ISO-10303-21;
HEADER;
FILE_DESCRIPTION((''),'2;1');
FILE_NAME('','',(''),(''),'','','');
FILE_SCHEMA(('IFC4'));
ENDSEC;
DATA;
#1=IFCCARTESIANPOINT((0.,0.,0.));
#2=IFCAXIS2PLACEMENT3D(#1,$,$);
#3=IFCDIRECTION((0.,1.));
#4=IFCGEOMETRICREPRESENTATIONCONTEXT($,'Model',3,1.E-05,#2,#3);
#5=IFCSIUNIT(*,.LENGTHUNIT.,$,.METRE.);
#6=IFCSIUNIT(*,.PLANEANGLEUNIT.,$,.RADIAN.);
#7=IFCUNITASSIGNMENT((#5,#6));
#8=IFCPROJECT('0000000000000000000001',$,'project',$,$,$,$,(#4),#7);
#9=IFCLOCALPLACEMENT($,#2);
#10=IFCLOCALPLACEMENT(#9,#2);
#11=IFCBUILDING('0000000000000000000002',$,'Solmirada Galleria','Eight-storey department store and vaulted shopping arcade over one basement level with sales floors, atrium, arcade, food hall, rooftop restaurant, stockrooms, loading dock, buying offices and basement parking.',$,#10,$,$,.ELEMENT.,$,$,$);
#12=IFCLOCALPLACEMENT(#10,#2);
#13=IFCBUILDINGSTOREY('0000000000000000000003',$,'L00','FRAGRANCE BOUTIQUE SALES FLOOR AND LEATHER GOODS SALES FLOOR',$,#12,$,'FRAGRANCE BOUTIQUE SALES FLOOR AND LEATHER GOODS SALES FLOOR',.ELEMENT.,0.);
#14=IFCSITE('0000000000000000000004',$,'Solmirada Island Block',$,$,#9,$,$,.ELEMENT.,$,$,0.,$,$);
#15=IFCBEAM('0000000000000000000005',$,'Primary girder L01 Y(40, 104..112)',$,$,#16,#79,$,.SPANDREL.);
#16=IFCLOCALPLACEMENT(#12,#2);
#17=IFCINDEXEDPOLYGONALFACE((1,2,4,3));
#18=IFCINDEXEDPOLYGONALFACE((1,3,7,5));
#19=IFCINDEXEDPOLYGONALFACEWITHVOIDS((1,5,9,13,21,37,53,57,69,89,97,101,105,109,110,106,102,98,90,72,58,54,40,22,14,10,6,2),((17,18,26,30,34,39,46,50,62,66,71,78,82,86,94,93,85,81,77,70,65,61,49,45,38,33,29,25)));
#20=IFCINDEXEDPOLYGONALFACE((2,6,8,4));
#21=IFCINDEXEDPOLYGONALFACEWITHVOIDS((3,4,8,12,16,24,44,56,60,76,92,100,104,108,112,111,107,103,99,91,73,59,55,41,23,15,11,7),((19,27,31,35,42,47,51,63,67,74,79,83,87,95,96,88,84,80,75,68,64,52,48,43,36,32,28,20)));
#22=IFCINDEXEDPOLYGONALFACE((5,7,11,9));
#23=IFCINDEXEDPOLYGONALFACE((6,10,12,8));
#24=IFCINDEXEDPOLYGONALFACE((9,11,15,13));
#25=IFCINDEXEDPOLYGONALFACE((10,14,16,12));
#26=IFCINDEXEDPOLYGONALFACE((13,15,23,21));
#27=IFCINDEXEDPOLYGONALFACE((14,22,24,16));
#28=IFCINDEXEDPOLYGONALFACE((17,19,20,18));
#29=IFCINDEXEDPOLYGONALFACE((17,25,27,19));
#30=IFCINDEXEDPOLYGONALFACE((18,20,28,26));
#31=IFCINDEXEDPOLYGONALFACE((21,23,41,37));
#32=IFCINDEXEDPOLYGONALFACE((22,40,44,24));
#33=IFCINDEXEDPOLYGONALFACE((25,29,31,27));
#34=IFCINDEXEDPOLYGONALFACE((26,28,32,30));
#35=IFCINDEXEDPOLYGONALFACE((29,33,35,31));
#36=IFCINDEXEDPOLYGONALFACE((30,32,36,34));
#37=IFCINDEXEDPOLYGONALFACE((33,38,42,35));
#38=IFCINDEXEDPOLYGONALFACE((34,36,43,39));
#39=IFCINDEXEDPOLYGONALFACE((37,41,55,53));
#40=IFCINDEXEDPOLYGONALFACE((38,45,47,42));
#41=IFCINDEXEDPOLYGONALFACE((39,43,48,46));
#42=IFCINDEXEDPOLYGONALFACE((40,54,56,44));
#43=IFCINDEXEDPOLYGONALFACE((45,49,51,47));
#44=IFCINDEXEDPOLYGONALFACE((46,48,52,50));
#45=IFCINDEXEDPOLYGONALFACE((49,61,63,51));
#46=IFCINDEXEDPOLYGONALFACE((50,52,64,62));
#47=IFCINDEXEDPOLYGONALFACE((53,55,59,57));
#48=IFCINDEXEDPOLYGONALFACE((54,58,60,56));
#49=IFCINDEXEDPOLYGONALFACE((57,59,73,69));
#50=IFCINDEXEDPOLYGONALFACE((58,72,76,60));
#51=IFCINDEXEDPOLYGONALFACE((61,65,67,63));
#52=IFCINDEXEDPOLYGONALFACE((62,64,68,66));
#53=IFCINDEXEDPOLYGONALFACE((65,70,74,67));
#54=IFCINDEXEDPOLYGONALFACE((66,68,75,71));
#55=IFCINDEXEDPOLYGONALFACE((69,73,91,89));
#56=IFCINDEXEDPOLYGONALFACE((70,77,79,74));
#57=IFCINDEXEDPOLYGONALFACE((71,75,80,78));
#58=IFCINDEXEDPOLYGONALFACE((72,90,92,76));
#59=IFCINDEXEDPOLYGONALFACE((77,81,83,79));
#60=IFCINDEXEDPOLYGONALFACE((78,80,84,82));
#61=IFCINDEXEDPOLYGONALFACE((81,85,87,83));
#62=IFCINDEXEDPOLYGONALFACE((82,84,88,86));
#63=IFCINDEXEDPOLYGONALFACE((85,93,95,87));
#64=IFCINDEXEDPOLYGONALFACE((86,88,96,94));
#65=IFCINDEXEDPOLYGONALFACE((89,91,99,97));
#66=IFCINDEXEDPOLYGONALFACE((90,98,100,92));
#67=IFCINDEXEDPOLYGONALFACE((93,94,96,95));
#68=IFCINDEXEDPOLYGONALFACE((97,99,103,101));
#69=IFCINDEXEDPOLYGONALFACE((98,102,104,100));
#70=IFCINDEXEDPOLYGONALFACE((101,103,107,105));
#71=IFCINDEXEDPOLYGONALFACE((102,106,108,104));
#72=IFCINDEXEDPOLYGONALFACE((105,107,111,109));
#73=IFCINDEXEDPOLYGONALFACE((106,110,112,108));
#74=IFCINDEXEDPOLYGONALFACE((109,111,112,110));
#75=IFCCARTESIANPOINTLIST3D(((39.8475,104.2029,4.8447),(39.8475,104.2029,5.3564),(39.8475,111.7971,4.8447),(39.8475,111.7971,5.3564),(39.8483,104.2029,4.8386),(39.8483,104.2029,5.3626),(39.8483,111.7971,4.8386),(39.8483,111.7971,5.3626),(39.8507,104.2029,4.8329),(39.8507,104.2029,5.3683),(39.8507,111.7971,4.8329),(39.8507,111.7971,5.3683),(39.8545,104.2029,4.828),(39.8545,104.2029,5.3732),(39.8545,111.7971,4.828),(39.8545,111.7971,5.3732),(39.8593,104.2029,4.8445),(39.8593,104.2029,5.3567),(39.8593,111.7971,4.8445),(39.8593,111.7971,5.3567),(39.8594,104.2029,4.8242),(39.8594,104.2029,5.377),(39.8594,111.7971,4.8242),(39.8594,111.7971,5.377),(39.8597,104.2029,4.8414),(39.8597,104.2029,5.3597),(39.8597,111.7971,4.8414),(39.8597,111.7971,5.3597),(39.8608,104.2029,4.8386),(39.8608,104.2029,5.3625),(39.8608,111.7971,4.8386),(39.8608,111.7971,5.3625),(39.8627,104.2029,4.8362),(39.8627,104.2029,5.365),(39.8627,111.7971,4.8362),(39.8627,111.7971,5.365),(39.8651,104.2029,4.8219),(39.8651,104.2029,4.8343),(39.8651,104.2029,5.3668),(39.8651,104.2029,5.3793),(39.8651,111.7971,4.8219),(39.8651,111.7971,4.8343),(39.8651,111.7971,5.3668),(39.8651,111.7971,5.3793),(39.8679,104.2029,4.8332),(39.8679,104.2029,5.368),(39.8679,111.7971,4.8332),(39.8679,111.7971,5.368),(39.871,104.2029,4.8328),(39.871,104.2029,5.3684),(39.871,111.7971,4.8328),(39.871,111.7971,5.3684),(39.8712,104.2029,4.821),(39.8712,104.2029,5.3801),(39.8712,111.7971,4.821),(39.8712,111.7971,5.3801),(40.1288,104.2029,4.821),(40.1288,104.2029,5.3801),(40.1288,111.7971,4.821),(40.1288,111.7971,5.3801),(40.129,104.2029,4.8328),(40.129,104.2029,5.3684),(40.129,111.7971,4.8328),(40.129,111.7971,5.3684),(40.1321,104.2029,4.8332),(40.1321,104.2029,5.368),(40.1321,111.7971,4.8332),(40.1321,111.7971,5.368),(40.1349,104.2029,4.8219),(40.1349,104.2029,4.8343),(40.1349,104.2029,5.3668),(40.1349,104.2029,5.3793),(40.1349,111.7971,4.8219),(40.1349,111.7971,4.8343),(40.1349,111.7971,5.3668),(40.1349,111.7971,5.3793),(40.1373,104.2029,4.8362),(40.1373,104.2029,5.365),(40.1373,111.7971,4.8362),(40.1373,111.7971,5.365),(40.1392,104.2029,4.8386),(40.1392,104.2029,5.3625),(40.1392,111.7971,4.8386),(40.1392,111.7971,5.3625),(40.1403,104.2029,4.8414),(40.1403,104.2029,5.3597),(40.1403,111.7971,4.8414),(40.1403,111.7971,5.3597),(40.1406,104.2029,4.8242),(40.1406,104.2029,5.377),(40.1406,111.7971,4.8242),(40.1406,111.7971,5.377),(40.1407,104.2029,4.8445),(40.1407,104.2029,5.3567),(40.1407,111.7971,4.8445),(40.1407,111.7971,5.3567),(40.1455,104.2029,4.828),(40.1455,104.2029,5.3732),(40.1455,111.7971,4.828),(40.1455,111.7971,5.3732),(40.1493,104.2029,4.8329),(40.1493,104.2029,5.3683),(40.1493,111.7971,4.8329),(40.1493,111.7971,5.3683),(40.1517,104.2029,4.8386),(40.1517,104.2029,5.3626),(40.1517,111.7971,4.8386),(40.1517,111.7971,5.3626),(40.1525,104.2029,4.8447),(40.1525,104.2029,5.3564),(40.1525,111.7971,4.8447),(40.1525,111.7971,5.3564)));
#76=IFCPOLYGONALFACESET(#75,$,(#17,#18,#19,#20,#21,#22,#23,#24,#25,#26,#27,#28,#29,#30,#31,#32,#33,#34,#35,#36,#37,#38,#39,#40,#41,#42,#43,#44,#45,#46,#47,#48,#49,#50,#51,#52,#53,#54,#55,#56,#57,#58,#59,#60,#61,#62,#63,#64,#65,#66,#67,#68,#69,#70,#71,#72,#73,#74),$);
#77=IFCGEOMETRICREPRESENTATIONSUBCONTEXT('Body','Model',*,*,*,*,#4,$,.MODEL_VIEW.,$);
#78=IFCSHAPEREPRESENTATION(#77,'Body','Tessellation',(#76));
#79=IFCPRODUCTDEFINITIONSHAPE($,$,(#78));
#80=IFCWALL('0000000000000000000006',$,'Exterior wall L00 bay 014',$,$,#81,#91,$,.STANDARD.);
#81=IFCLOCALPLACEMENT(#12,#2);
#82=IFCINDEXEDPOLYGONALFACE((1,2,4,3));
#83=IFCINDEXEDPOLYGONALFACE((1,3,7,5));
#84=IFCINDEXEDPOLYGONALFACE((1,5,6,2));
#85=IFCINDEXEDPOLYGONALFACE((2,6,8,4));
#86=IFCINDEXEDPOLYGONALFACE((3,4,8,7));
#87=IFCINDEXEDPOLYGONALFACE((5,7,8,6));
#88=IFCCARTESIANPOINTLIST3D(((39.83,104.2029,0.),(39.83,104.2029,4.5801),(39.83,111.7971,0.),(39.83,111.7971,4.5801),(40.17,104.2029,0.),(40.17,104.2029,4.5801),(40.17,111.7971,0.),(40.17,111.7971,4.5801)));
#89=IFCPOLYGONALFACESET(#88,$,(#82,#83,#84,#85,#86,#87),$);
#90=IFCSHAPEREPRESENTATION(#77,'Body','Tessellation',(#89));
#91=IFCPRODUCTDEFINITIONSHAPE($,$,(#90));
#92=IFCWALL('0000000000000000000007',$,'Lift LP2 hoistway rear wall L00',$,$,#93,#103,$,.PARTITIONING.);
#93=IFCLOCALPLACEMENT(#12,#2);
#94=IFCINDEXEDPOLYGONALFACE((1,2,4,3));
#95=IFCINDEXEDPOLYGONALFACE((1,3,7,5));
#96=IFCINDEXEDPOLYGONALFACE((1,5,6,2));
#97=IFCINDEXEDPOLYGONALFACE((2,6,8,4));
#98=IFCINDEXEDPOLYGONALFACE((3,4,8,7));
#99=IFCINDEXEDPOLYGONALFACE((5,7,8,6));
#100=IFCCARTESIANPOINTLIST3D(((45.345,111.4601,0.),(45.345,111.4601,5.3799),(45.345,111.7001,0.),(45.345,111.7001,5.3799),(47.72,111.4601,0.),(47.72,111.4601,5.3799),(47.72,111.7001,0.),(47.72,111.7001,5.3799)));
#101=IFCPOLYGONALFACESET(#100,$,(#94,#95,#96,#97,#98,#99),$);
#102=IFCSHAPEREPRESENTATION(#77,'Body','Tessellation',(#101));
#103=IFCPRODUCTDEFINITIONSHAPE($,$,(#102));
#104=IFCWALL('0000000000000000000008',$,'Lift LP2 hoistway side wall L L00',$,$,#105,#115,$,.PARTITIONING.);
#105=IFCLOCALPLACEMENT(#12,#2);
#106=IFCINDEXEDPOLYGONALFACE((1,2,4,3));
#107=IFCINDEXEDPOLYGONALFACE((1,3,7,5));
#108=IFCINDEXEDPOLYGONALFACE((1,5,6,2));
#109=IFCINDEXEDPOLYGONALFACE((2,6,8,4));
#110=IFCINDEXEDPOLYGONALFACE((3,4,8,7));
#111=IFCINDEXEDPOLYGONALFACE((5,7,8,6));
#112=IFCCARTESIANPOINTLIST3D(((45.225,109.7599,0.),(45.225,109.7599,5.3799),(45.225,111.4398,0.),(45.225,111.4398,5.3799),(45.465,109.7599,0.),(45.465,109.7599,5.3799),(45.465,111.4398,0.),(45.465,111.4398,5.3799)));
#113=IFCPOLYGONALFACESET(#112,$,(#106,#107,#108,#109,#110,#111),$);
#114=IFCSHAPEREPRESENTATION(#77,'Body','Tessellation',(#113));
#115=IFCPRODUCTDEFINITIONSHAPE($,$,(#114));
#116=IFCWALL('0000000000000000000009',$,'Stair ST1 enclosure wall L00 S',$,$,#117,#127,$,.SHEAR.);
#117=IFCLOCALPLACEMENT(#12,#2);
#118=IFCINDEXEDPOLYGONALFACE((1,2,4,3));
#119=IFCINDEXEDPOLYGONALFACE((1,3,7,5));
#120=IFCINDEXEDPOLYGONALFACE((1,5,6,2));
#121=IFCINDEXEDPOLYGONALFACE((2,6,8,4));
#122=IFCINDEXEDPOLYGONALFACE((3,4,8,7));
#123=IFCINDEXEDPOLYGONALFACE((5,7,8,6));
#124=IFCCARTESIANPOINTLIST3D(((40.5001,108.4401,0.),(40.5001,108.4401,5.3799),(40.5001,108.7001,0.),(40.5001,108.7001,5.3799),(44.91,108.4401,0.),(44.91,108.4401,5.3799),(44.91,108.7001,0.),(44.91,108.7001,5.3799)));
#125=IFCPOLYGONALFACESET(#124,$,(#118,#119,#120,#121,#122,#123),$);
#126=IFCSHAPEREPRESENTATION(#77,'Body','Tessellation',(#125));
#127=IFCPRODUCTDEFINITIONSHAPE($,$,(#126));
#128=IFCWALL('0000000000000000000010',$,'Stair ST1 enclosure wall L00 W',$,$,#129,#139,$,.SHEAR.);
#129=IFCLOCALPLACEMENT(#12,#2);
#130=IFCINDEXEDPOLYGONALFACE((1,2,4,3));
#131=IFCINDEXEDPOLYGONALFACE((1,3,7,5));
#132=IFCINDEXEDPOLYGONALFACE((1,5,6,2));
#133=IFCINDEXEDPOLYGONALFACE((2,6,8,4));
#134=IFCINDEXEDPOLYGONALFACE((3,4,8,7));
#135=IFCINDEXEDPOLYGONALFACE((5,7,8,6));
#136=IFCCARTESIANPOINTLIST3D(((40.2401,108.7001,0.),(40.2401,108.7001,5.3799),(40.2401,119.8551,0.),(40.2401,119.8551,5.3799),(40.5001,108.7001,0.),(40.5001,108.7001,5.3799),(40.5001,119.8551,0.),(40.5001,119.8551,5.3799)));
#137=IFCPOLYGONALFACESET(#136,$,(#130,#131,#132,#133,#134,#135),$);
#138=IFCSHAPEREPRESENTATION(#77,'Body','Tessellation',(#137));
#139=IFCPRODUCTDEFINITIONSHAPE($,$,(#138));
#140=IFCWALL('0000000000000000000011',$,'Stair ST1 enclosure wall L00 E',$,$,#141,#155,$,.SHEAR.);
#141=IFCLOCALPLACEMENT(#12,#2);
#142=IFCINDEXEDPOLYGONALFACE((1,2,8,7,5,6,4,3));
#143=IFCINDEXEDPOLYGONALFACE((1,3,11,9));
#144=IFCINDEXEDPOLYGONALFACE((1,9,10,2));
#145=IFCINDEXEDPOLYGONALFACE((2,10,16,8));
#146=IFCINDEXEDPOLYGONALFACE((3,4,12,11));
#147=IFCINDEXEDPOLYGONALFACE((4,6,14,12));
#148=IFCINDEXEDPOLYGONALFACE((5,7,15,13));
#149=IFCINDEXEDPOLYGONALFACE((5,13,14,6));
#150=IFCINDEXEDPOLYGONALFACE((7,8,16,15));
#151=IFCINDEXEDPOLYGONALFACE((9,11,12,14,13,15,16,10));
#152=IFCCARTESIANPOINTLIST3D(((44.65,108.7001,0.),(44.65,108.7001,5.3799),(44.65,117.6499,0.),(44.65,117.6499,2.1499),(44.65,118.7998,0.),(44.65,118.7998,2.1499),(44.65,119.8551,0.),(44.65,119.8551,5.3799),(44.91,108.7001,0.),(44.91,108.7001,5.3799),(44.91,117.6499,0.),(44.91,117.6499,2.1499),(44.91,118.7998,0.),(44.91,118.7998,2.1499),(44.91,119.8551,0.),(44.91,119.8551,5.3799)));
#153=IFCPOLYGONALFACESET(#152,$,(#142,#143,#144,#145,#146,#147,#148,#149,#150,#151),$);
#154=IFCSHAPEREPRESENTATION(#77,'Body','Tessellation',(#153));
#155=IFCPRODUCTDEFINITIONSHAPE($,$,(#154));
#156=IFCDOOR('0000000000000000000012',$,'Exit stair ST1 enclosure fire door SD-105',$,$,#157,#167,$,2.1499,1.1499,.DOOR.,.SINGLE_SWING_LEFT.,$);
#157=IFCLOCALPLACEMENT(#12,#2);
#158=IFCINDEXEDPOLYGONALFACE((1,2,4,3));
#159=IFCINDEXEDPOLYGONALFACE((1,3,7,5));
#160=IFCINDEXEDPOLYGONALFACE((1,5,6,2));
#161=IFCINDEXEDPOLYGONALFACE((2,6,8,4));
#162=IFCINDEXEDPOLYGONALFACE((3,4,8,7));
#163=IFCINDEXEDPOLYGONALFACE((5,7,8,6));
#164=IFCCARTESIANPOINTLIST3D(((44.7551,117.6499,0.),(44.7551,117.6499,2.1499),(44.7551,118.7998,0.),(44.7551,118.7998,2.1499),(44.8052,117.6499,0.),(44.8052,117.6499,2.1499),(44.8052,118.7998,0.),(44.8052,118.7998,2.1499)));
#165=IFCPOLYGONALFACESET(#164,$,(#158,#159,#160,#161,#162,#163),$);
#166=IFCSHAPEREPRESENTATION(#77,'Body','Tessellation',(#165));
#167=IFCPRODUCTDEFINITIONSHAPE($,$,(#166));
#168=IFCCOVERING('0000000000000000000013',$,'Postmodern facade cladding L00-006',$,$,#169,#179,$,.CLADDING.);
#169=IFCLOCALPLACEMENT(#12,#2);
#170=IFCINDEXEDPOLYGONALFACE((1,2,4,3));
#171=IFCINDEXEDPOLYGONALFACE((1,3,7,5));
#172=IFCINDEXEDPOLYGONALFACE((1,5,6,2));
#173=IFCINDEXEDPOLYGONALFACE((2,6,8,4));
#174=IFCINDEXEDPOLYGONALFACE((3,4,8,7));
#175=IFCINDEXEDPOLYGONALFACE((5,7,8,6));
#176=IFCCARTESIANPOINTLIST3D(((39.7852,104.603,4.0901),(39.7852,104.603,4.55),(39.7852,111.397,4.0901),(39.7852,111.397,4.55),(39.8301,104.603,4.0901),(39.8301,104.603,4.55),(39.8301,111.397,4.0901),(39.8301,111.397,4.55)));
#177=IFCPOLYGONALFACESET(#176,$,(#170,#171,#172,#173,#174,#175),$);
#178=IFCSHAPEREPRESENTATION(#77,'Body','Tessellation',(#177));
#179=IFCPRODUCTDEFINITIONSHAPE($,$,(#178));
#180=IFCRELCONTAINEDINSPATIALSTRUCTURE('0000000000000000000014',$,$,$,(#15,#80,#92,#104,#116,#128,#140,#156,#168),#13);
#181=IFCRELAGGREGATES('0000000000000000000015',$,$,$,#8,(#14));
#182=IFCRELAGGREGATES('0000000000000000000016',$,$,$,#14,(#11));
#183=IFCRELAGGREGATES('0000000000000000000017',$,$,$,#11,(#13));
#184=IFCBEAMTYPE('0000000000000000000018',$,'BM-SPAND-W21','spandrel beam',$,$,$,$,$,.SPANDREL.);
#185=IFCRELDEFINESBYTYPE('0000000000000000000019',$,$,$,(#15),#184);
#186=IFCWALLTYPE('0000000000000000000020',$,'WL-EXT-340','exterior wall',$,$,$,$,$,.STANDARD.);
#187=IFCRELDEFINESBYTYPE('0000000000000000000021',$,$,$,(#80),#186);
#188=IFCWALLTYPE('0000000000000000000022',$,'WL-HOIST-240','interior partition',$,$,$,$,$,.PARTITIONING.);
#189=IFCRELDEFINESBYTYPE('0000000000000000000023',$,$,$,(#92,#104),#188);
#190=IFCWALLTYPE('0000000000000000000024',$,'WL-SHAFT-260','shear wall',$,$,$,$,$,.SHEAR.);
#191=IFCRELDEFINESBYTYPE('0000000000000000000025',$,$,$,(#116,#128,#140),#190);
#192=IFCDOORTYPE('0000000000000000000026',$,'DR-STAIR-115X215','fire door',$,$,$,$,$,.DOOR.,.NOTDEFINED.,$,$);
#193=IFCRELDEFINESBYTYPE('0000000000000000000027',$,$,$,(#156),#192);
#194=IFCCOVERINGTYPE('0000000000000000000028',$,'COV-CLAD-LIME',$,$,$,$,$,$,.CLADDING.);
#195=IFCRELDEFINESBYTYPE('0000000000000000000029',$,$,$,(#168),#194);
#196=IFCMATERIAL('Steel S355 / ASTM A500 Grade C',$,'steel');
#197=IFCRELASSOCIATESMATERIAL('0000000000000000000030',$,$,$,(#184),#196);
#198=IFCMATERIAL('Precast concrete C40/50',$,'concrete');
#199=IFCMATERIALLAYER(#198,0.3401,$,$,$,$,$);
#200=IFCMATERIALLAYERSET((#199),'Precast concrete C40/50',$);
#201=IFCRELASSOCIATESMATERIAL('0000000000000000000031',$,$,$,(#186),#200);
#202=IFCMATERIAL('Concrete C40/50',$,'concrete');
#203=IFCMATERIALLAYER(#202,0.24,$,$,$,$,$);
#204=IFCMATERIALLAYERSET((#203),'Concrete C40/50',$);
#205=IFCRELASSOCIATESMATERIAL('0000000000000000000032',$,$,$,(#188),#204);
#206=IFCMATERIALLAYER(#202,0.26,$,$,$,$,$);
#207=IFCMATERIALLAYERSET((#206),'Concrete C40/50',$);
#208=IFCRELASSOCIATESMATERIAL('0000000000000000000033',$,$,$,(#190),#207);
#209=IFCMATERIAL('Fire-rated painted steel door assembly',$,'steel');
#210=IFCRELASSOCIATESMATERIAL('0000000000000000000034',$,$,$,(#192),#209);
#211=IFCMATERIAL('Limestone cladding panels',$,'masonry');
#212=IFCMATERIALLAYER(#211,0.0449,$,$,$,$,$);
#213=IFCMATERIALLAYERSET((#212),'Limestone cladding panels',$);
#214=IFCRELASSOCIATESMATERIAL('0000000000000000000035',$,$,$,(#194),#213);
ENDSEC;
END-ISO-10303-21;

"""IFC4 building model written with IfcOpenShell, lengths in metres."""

from ifc_helpers import new_model, si_unit, direction, frame, frame_2d, origin, origin_2d, place, context, subcontext, project, spatial, rectangle, hollow_rectangle, extrude, material, layer, layer_set, material_profile, profile_set, type_object, element, fill, save


model = new_model("IFC4")

# Units and contexts
model_context = context("Model", 3, precision=1e-05, world=origin(), true_north=direction((0.0, 1.0)))
body_context = subcontext(model_context, "Body", "Model", "MODEL_VIEW")
ifc_project = project(units=[si_unit("LENGTHUNIT", "METRE"), si_unit("PLANEANGLEUNIT", "RADIAN")], contexts=[model_context])

# Site, building, storey
site_placement = place(None, origin())
site = spatial("IfcSite", under=ifc_project, at=site_placement, Name="Solmirada Island Block", CompositionType="ELEMENT", RefElevation=0.0)
building_placement = place(site_placement, origin())
building = spatial("IfcBuilding", under=site, at=building_placement, Name="Solmirada Galleria", Description="Eight-storey department store and vaulted shopping arcade over one basement level with sales floors, atrium, arcade, food hall, rooftop restaurant, stockrooms, loading dock, buying offices and basement parking.", CompositionType="ELEMENT")
storey_placement = place(building_placement, origin())
storey = spatial("IfcBuildingStorey", under=building, at=storey_placement, Name="L00", Description="FRAGRANCE BOUTIQUE SALES FLOOR AND LEATHER GOODS SALES FLOOR", LongName="FRAGRANCE BOUTIQUE SALES FLOOR AND LEATHER GOODS SALES FLOOR", CompositionType="ELEMENT", Elevation=0.0)

# Shared definitions
ifc_material_1 = material(Name="Steel S355 / ASTM A500 Grade C", Category="steel")
ifc_material_2 = material(Name="Concrete C40/50", Category="concrete")

# Beam
ifc_material_profile_1 = material_profile(ifc_material_1, hollow_rectangle(XDim=0.3049, YDim=0.5591, WallThickness=0.0117, InnerFilletRadius=0.0117, OuterFilletRadius=0.0237, at=origin_2d()), Name="HSS22X12X1/2")
ifc_profile_set_1 = profile_set([ifc_material_profile_1], Name="Steel S355 / ASTM A500 Grade C")
beam_type_1 = type_object("IfcBeamType", Name="BM-SPAND-W21", Description="spandrel beam", PredefinedType="SPANDREL", material=ifc_profile_set_1)
beam_1_placement = place(storey_placement, frame((40.0, 104.2029, 5.1006), z_axis=(0.0, 1.0, 0.0), x_axis=(-1.0, 0.0, 0.0)))
element("IfcBeam", 1, at=beam_1_placement, inside=storey, type_object=beam_type_1, Name="Primary girder L01 Y(40, 104..112)", PredefinedType="SPANDREL", context=body_context, shape_type="SweptSolid", body=[
    extrude(hollow_rectangle(XDim=0.3049, YDim=0.5591, WallThickness=0.0117, InnerFilletRadius=0.0117, OuterFilletRadius=0.0237, at=origin_2d()), origin(), (0.0, 0.0, 1.0), 7.5942),
])

# Shared definitions
ifc_material_3 = material(Name="Fire-rated painted steel door assembly", Category="steel")

# Wall
ifc_material_4 = material(Name="Precast concrete C40/50", Category="concrete")
ifc_layer_1 = layer(ifc_material_4, 0.3401)
ifc_layer_set_1 = layer_set([ifc_layer_1], Name="Precast concrete C40/50")
wall_type_1 = type_object("IfcWallType", Name="WL-EXT-340", Description="exterior wall", PredefinedType="STANDARD", material=ifc_layer_set_1)
wall_1_placement = place(storey_placement, frame((40.0, 104.2029, 0.0), z_axis=(0.0, 0.0, 1.0), x_axis=(0.0, 1.0, 0.0)))
element("IfcWall", 2, at=wall_1_placement, inside=storey, type_object=wall_type_1, Name="Exterior wall L00 bay 014", PredefinedType="STANDARD", context=body_context, shape_type="SweptSolid", body=[
    extrude(rectangle(XDim=7.5942, YDim=0.3401, at=frame_2d((3.7971, 0.0))), origin(), (0.0, 0.0, 1.0), 4.5801),
])

# Shared definitions
ifc_layer_2 = layer(ifc_material_2, 0.24)
ifc_layer_set_2 = layer_set([ifc_layer_2], Name="Concrete C40/50")
wall_type_2 = type_object("IfcWallType", Name="WL-HOIST-240", Description="interior partition", PredefinedType="PARTITIONING", material=ifc_layer_set_2)

# Walls
wall_2_placement = place(storey_placement, frame((45.345, 111.5801, 0.0), z_axis=(0.0, 0.0, 1.0), x_axis=(1.0, 0.0, 0.0)))
element("IfcWall", 3, at=wall_2_placement, inside=storey, type_object=wall_type_2, Name="Lift LP2 hoistway rear wall L00", PredefinedType="PARTITIONING", context=body_context, shape_type="SweptSolid", body=[
    extrude(rectangle(XDim=2.375, YDim=0.24, at=frame_2d((1.1875, 0.0))), origin(), (0.0, 0.0, 1.0), 5.3799),
])
wall_3_placement = place(storey_placement, frame((45.345, 109.76, 0.0), z_axis=(0.0, 0.0, 1.0), x_axis=(0.0, 1.0, 0.0)))
element("IfcWall", 4, at=wall_3_placement, inside=storey, type_object=wall_type_2, Name="Lift LP2 hoistway side wall L L00", PredefinedType="PARTITIONING", context=body_context, shape_type="SweptSolid", body=[
    extrude(rectangle(XDim=1.6799, YDim=0.24, at=frame_2d((0.8398, 0.0))), origin(), (0.0, 0.0, 1.0), 5.3799),
])
ifc_layer_3 = layer(ifc_material_2, 0.26)
ifc_layer_set_3 = layer_set([ifc_layer_3], Name="Concrete C40/50")
wall_type_3 = type_object("IfcWallType", Name="WL-SHAFT-260", Description="shear wall", PredefinedType="SHEAR", material=ifc_layer_set_3)
wall_4_placement = place(storey_placement, frame((40.5, 108.5701, 0.0), z_axis=(0.0, 0.0, 1.0), x_axis=(1.0, 0.0, 0.0)))
element("IfcWall", 5, at=wall_4_placement, inside=storey, type_object=wall_type_3, Name="Stair ST1 enclosure wall L00 S", PredefinedType="SHEAR", context=body_context, shape_type="SweptSolid", body=[
    extrude(rectangle(XDim=4.4099, YDim=0.26, at=frame_2d((2.2051, 0.0))), origin(), (0.0, 0.0, 1.0), 5.3799),
])
wall_5_placement = place(storey_placement, frame((40.3701, 108.7, 0.0), z_axis=(0.0, 0.0, 1.0), x_axis=(0.0, 1.0, 0.0)))
element("IfcWall", 6, at=wall_5_placement, inside=storey, type_object=wall_type_3, Name="Stair ST1 enclosure wall L00 W", PredefinedType="SHEAR", context=body_context, shape_type="SweptSolid", body=[
    extrude(rectangle(XDim=11.155, YDim=0.26, at=frame_2d((5.5776, 0.0))), origin(), (0.0, 0.0, 1.0), 5.3799),
])

# Wall, opening, door
wall_6_placement = place(storey_placement, frame((44.78, 108.7, 0.0), z_axis=(0.0, 0.0, 1.0), x_axis=(0.0, 1.0, 0.0)))
wall_6 = element("IfcWall", 7, at=wall_6_placement, inside=storey, type_object=wall_type_3, Name="Stair ST1 enclosure wall L00 E", PredefinedType="SHEAR", context=body_context, shape_type="SweptSolid", body=[
    extrude(rectangle(XDim=11.155, YDim=0.26, at=frame_2d((5.5776, 0.0))), origin(), (0.0, 0.0, 1.0), 5.3799),
])
opening_1_placement = place(wall_6_placement, frame((8.95, 0.0, 0.0)))
opening_1 = element("IfcOpeningElement", 8, at=opening_1_placement, cuts=wall_6, PredefinedType="OPENING", context=body_context, shape_type="SweptSolid", body=[
    extrude(rectangle(XDim=1.1499, YDim=2.1499, at=frame_2d((0.575, 1.075))), frame((0.0, 0.1399, 0.0), z_axis=(0.0, -1.0, 0.0), x_axis=(1.0, 0.0, 0.0)), (0.0, 0.0, 1.0), 0.28),
])
door_type_1 = type_object("IfcDoorType", Name="DR-STAIR-115X215", Description="fire door", OperationType="NOTDEFINED", PredefinedType="DOOR", material=ifc_material_3)
door_1_placement = place(opening_1_placement, origin())
door_1 = element("IfcDoor", 9, at=door_1_placement, inside=storey, type_object=door_type_1, Name="Exit stair ST1 enclosure fire door SD-105", OperationType="SINGLE_SWING_LEFT", OverallHeight=2.1499, OverallWidth=1.1499, PredefinedType="DOOR", context=body_context, shape_type="SweptSolid", body=[
    extrude(rectangle(XDim=1.1499, YDim=2.1499, at=frame_2d((0.575, 1.075))), frame((0.0, 0.0249, 0.0), z_axis=(0.0, -1.0, 0.0), x_axis=(1.0, 0.0, 0.0)), (0.0, 0.0, 1.0), 0.05),
])
fill(opening_1, door_1)

# Covering
ifc_material_5 = material(Name="Limestone cladding panels", Category="masonry")
ifc_layer_4 = layer(ifc_material_5, 0.0449)
ifc_layer_set_4 = layer_set([ifc_layer_4], Name="Limestone cladding panels")
covering_type = type_object("IfcCoveringType", Name="COV-CLAD-LIME", PredefinedType="CLADDING", material=ifc_layer_set_4)
covering_placement = place(storey_placement, frame((39.8076, 108.0, 4.0901), z_axis=(0.0, 0.0, 1.0), x_axis=(0.0, 1.0, 0.0)))
element("IfcCovering", 10, at=covering_placement, inside=storey, type_object=covering_type, Name="Postmodern facade cladding L00-006", PredefinedType="CLADDING", context=body_context, shape_type="SweptSolid", body=[
    extrude(rectangle(XDim=6.7939, YDim=0.0449, at=origin_2d()), origin(), (0.0, 0.0, 1.0), 0.46),
])

save(model, "model.ifc")
